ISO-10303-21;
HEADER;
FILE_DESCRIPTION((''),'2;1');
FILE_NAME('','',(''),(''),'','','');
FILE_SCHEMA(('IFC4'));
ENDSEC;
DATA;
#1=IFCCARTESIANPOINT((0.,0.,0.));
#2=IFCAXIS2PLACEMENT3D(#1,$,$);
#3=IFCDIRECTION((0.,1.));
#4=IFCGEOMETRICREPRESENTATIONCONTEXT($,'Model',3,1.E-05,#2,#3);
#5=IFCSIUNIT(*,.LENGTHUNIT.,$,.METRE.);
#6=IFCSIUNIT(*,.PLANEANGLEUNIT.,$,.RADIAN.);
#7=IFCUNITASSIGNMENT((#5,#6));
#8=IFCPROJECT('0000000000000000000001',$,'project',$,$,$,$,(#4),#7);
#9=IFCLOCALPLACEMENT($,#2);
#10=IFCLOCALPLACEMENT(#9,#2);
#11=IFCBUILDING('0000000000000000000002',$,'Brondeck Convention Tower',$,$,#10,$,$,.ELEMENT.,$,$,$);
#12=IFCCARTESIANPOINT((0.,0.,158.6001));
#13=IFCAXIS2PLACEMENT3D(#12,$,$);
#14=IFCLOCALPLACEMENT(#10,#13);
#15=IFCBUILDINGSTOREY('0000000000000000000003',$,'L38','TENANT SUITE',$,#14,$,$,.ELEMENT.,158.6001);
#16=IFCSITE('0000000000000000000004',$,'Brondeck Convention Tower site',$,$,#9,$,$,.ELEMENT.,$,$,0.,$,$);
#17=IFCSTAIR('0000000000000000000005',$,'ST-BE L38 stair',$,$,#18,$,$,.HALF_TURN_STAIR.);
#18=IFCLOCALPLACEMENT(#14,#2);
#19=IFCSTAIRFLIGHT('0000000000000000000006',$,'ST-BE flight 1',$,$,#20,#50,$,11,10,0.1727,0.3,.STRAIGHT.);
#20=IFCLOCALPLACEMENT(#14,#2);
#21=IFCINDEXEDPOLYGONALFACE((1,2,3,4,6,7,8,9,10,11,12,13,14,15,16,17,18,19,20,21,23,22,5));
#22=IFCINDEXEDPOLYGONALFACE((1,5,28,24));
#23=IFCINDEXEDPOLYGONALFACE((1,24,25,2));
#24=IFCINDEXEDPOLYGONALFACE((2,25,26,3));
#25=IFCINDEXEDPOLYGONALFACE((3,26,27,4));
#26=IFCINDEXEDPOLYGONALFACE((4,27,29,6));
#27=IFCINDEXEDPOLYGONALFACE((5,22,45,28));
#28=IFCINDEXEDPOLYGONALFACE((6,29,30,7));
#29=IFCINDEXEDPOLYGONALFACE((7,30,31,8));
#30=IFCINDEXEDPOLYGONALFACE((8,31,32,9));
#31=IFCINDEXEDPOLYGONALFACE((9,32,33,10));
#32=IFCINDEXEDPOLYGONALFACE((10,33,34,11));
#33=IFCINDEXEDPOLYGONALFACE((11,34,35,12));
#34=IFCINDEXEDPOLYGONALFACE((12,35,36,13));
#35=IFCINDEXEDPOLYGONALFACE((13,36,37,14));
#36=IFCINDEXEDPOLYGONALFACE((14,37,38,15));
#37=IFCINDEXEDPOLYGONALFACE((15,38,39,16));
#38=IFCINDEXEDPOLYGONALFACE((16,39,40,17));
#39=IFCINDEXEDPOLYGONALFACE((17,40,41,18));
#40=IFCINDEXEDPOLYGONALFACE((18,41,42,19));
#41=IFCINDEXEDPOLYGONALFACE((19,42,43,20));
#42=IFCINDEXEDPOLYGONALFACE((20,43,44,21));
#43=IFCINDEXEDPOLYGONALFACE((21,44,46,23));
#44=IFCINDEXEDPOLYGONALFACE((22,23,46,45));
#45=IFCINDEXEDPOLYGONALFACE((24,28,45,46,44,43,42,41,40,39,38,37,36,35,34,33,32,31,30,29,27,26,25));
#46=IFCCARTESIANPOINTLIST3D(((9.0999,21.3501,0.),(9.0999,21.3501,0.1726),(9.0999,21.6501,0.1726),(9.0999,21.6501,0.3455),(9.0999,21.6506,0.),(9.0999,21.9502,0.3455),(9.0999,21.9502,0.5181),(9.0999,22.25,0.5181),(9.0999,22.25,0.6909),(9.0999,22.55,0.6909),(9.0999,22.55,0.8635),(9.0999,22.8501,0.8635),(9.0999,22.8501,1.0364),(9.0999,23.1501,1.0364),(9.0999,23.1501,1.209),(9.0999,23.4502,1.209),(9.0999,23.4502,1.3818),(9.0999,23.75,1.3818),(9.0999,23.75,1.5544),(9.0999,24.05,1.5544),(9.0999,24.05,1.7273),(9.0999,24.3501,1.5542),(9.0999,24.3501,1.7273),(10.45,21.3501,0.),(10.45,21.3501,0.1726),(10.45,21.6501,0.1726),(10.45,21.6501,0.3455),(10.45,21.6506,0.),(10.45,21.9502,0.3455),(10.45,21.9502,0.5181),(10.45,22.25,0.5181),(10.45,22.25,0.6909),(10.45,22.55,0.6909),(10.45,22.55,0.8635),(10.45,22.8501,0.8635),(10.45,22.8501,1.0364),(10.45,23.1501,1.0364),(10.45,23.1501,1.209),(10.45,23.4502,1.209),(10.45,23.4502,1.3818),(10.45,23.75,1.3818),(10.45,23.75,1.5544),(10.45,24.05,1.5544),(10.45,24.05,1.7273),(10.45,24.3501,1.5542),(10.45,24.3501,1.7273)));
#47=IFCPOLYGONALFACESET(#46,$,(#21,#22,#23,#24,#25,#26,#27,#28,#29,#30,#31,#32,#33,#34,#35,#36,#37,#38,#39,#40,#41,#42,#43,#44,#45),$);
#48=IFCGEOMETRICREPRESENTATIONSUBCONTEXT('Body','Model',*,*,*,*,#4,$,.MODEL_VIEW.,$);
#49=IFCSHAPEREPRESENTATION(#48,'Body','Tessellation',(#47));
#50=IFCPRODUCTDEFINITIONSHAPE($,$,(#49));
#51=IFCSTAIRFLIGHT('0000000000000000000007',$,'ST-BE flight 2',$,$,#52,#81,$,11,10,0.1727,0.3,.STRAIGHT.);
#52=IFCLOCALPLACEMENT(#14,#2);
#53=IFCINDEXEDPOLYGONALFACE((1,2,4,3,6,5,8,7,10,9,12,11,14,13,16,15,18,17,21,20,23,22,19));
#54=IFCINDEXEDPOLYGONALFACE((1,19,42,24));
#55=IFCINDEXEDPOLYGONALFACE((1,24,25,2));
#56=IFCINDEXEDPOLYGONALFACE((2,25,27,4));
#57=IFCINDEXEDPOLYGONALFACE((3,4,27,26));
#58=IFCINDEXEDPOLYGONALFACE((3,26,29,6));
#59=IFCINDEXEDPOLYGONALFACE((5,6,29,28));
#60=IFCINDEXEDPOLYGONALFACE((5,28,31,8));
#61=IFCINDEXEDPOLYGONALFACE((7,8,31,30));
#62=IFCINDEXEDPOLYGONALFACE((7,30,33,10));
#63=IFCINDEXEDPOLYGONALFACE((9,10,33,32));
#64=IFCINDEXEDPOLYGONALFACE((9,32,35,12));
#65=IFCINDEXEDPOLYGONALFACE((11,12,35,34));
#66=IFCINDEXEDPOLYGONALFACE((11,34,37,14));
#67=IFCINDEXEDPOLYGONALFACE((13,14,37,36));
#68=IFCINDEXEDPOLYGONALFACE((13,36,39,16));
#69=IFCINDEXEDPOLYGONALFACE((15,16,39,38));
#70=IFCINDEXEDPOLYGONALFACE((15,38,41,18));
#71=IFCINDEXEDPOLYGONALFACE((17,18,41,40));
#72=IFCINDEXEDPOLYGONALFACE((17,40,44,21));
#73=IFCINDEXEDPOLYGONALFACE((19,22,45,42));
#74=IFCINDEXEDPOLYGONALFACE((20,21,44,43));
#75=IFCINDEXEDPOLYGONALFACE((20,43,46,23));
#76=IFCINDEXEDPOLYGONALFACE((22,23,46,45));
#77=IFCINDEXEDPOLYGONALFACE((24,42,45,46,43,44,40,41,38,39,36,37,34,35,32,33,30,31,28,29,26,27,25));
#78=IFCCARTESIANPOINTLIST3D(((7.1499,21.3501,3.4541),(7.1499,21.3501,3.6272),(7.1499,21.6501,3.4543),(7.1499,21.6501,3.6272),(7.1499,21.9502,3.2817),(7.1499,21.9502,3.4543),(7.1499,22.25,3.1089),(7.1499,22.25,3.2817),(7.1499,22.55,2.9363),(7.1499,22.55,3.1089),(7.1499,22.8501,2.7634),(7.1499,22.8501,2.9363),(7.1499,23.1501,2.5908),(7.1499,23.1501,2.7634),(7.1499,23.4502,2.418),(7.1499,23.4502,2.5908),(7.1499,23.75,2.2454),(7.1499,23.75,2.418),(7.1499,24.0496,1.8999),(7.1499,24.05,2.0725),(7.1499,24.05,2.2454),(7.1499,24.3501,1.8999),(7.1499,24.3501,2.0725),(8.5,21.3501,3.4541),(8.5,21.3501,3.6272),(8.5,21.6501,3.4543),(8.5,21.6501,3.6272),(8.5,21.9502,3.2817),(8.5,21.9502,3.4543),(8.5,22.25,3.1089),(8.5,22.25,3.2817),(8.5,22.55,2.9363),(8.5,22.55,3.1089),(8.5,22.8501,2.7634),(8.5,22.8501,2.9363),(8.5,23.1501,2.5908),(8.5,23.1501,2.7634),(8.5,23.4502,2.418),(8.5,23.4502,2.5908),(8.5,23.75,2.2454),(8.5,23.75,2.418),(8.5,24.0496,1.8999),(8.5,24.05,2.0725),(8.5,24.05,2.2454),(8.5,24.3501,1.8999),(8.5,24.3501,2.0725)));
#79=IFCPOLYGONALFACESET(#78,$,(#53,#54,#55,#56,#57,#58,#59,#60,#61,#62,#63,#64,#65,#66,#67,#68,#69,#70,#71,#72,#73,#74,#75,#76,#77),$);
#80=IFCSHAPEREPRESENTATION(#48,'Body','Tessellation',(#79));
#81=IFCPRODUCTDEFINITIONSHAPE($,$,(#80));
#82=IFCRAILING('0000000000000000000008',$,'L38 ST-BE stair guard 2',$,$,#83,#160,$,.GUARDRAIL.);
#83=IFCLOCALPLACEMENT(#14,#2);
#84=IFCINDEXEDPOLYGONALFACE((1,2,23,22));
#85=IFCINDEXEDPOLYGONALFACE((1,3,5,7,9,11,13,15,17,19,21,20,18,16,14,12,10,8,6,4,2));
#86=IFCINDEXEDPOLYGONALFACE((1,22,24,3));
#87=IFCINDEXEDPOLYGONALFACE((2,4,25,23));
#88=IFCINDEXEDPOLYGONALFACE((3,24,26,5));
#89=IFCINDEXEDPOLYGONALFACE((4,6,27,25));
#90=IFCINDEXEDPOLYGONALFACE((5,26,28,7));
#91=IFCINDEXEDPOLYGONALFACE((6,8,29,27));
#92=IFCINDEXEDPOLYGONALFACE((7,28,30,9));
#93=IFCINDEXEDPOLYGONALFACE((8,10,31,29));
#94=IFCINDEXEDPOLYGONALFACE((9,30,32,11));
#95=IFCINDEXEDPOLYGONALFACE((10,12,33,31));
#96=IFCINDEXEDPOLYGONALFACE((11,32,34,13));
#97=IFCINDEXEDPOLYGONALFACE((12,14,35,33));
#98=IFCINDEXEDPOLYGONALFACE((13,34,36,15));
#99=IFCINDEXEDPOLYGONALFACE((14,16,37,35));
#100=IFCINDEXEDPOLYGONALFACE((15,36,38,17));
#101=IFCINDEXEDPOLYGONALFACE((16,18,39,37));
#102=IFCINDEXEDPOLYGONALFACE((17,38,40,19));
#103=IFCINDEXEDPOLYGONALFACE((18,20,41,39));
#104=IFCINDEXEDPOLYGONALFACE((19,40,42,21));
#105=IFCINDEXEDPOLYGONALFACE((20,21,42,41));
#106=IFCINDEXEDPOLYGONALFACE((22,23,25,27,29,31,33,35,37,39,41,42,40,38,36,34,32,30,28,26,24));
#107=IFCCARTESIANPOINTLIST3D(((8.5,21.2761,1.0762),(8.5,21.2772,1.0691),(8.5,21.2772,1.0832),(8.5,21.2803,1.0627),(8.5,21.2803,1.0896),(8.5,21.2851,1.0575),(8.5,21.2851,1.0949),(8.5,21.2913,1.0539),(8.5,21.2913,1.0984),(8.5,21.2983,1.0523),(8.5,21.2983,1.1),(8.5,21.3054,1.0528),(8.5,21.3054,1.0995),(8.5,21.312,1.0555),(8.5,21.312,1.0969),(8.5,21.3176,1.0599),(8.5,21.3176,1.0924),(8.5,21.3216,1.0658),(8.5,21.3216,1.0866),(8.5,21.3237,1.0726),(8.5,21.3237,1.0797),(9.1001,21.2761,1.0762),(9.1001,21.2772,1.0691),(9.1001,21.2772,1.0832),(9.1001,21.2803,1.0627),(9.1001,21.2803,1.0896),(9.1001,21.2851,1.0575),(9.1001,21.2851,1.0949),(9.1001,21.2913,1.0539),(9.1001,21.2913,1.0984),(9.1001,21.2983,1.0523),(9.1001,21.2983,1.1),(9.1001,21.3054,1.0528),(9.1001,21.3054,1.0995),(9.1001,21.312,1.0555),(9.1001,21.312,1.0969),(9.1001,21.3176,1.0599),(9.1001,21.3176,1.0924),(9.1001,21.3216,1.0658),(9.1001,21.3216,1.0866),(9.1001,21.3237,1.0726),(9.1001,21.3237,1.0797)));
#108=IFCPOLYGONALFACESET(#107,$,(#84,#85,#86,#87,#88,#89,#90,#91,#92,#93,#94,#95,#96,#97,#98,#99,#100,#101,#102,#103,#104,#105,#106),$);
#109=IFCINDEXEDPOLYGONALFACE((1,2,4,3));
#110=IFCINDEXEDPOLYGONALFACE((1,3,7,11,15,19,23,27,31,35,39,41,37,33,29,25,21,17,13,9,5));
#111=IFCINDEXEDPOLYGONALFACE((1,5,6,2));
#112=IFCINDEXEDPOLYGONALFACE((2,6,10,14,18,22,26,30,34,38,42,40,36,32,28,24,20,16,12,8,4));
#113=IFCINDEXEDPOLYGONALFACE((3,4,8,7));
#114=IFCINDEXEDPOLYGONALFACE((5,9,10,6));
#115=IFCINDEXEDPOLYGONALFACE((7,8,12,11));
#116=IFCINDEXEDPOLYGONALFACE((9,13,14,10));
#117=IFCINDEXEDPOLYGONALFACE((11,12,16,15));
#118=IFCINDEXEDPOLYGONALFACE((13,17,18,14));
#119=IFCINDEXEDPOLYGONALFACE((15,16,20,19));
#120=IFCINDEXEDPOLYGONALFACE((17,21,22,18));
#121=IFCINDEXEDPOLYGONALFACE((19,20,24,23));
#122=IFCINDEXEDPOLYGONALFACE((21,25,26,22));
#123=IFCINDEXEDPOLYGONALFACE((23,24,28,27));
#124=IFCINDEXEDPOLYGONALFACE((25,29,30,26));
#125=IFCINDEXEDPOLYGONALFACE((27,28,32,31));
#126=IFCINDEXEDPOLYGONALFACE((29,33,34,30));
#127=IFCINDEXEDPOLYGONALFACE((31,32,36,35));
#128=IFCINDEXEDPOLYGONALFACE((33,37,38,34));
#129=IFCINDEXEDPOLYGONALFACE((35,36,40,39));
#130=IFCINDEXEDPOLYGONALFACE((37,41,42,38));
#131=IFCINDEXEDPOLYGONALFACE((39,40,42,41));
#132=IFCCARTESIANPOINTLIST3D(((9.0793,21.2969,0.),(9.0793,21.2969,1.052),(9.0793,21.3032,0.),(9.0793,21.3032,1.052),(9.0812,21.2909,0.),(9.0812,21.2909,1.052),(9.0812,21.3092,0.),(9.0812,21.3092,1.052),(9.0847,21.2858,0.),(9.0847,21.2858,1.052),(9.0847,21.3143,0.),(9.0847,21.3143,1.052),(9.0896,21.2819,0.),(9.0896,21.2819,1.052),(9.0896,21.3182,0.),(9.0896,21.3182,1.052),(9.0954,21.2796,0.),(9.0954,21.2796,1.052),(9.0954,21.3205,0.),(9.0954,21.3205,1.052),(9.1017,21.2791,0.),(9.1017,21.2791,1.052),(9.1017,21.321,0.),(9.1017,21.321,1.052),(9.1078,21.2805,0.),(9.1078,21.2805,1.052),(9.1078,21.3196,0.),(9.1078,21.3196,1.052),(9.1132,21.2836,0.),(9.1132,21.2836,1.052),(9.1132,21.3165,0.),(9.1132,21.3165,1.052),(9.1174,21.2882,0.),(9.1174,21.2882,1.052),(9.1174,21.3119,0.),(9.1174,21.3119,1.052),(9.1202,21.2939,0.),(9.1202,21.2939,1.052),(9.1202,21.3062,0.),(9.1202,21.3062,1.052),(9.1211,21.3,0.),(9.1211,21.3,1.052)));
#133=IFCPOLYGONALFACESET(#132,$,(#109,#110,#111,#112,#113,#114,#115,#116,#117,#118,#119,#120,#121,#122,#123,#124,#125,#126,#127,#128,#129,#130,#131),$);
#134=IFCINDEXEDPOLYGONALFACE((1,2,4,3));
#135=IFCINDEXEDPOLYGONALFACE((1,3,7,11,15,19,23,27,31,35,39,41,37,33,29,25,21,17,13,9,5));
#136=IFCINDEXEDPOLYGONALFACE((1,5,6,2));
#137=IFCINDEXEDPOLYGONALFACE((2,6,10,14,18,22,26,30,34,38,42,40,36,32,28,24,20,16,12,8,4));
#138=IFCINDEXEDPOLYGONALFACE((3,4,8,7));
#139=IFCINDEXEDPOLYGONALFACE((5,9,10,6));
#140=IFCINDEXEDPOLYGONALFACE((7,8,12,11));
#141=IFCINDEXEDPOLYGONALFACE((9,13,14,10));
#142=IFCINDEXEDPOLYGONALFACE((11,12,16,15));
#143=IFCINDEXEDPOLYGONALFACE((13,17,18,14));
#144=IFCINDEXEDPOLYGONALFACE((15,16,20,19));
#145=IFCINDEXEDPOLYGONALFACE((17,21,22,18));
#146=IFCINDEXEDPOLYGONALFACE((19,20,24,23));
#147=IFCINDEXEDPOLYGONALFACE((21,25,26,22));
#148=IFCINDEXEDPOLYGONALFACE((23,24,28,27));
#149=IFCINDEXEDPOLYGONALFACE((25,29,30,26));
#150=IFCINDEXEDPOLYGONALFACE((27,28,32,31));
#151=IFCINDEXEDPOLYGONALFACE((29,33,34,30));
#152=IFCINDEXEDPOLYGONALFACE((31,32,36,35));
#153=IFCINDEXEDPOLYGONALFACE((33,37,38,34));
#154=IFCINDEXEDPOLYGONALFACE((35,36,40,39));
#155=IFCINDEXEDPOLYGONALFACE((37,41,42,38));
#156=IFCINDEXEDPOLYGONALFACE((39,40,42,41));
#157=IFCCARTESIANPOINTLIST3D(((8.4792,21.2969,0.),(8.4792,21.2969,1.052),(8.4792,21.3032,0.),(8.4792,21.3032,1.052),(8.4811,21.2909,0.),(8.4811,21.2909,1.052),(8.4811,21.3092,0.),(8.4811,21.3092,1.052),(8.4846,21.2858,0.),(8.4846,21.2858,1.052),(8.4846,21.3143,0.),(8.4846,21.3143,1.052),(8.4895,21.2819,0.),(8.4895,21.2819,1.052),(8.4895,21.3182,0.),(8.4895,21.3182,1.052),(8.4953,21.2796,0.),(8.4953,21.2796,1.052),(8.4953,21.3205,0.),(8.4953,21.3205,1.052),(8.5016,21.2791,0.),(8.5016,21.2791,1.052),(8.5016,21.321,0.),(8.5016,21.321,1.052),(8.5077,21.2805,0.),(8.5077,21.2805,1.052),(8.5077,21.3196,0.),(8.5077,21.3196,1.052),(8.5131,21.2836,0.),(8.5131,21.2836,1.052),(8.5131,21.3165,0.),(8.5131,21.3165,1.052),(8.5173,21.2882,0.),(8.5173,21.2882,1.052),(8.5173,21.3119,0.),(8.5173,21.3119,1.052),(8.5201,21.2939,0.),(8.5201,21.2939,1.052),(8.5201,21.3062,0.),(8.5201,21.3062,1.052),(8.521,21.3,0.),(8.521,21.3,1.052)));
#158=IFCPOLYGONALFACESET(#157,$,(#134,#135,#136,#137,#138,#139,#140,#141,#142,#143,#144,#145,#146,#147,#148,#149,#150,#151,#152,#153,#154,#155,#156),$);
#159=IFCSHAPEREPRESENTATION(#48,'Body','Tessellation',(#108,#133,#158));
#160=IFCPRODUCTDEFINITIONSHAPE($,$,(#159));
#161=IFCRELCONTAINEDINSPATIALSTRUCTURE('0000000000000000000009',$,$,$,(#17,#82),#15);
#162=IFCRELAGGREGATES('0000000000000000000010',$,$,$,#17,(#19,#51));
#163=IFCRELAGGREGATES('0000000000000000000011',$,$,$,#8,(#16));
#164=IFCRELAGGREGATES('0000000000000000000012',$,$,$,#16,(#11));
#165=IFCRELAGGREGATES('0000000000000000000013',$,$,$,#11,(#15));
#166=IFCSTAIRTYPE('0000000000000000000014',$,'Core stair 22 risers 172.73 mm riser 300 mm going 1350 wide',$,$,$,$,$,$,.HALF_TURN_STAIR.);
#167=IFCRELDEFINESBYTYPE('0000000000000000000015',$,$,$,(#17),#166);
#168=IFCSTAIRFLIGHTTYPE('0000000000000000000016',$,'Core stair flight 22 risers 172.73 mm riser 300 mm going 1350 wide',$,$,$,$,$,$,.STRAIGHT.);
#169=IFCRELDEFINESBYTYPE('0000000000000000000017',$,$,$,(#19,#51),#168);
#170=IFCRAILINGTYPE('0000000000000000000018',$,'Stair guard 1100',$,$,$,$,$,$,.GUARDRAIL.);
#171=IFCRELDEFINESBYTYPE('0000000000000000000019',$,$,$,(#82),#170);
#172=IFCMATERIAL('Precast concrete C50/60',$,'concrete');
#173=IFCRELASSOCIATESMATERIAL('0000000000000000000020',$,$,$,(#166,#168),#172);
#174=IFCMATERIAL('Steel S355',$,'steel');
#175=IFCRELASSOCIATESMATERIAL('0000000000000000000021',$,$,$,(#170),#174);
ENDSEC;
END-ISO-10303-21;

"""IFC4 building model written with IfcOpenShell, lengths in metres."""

from ifc_helpers import new_model, si_unit, direction, frame, origin, origin_2d, place, context, subcontext, project, spatial, polyline, circle, outline, extrude, material, type_object, element, aggregate, save


model = new_model("IFC4")

# Units and contexts
model_context = context("Model", 3, precision=1e-05, world=origin(), true_north=direction((0.0, 1.0)))
body_context = subcontext(model_context, "Body", "Model", "MODEL_VIEW")
ifc_project = project(units=[si_unit("LENGTHUNIT", "METRE"), si_unit("PLANEANGLEUNIT", "RADIAN")], contexts=[model_context])

# Site, building, storey
site_placement = place(None, origin())
site = spatial("IfcSite", under=ifc_project, at=site_placement, Name="Brondeck Convention Tower site", CompositionType="ELEMENT", RefElevation=0.0)
building_placement = place(site_placement, origin())
building = spatial("IfcBuilding", under=site, at=building_placement, Name="Brondeck Convention Tower", CompositionType="ELEMENT")
storey_placement = place(building_placement, frame((0.0, 0.0, 158.6001)))
storey = spatial("IfcBuildingStorey", under=building, at=storey_placement, Name="L38", Description="TENANT SUITE", CompositionType="ELEMENT", Elevation=158.6001)

# Shared definitions
ifc_material_1 = material(Name="Steel S355", Category="steel")

# Stair, stair flights
ifc_material_2 = material(Name="Precast concrete C50/60", Category="concrete")
stair_type = type_object("IfcStairType", Name="Core stair 22 risers 172.73 mm riser 300 mm going 1350 wide", PredefinedType="HALF_TURN_STAIR", material=ifc_material_2)
stair_placement = place(storey_placement, origin())
stair = element("IfcStair", 1, at=stair_placement, inside=storey, type_object=stair_type, Name="ST-BE L38 stair", PredefinedType="HALF_TURN_STAIR")
stair_flight_type = type_object("IfcStairFlightType", Name="Core stair flight 22 risers 172.73 mm riser 300 mm going 1350 wide", PredefinedType="STRAIGHT", material=ifc_material_2)
stair_flight_1_placement = place(storey_placement, frame((9.7749, 21.3501, 0.0), z_axis=(0.0, 0.0, 1.0), x_axis=(0.0, 1.0, 0.0)))
stair_flight_1 = element("IfcStairFlight", 2, at=stair_flight_1_placement, type_object=stair_flight_type, Name="ST-BE flight 1", NumberOfRisers=11, NumberOfTreads=10, PredefinedType="STRAIGHT", RiserHeight=0.1727, TreadLength=0.3, context=body_context, shape_type="SweptSolid", body=[
    extrude(outline(polyline([(0.0, 0.0), (0.0, 0.1726), (0.3, 0.1726), (0.3, 0.3455), (0.6001, 0.3455), (0.6001, 0.5181), (0.8999, 0.5181), (0.8999, 0.6909), (1.2, 0.6909), (1.2, 0.8635), (1.5, 0.8635), (1.5, 1.0364), (1.8, 1.0364), (1.8, 1.209), (2.1001, 1.209), (2.1001, 1.3818), (2.3999, 1.3818), (2.3999, 1.5544), (2.7, 1.5544), (2.7, 1.7273), (3.0, 1.7273), (3.0, 1.8999), (3.0, 1.5542), (0.3005, 0.0), (0.0, 0.0)])), frame((0.0, 0.675, 0.0), z_axis=(0.0, -1.0, 0.0), x_axis=(1.0, 0.0, 0.0)), (0.0, 0.0, 1.0), 1.3501),
])
stair_flight_2_placement = place(storey_placement, frame((7.825, 24.3501, 1.8999), z_axis=(0.0, 0.0, 1.0), x_axis=(0.0, -1.0, 0.0)))
stair_flight_2 = element("IfcStairFlight", 3, at=stair_flight_2_placement, type_object=stair_flight_type, Name="ST-BE flight 2", NumberOfRisers=11, NumberOfTreads=10, PredefinedType="STRAIGHT", RiserHeight=0.1727, TreadLength=0.3, context=body_context, shape_type="SweptSolid", body=[
    extrude(outline(polyline([(0.0, 0.0), (0.0, 0.1726), (0.3, 0.1726), (0.3, 0.3455), (0.6001, 0.3455), (0.6001, 0.5181), (0.8999, 0.5181), (0.8999, 0.6909), (1.2, 0.6909), (1.2, 0.8635), (1.5, 0.8635), (1.5, 1.0364), (1.8, 1.0364), (1.8, 1.209), (2.1001, 1.209), (2.1001, 1.3818), (2.3999, 1.3818), (2.3999, 1.5544), (2.7, 1.5544), (2.7, 1.7273), (3.0, 1.7273), (3.0, 1.8999), (3.0, 1.5542), (0.3005, 0.0), (0.0, 0.0)])), frame((0.0, 0.675, 0.0), z_axis=(0.0, -1.0, 0.0), x_axis=(1.0, 0.0, 0.0)), (0.0, 0.0, 1.0), 1.3501),
])
aggregate(stair, [stair_flight_1, stair_flight_2])

# Railing
railing_type_1 = type_object("IfcRailingType", Name="Stair guard 1100", PredefinedType="GUARDRAIL", material=ifc_material_1)
railing_1_placement = place(storey_placement, frame((9.1001, 21.3, 0.0)))
element("IfcRailing", 4, at=railing_1_placement, inside=storey, type_object=railing_type_1, Name="L38 ST-BE stair guard 2", PredefinedType="GUARDRAIL", context=body_context, shape_type="SweptSolid", body=[
    extrude(circle(Radius=0.0239, at=origin_2d()), frame((0.0, 0.0, 1.0762), z_axis=(-1.0, 0.0, 0.0), x_axis=(0.0, -1.0, 0.0)), (0.0, 0.0, 1.0), 0.6001),
    extrude(circle(Radius=0.021, at=origin_2d()), origin(), (0.0, 0.0, 1.0), 1.052),
    extrude(circle(Radius=0.021, at=origin_2d()), frame((-0.6001, 0.0, 0.0)), (0.0, 0.0, 1.0), 1.052),
])

save(model, "model.ifc")
